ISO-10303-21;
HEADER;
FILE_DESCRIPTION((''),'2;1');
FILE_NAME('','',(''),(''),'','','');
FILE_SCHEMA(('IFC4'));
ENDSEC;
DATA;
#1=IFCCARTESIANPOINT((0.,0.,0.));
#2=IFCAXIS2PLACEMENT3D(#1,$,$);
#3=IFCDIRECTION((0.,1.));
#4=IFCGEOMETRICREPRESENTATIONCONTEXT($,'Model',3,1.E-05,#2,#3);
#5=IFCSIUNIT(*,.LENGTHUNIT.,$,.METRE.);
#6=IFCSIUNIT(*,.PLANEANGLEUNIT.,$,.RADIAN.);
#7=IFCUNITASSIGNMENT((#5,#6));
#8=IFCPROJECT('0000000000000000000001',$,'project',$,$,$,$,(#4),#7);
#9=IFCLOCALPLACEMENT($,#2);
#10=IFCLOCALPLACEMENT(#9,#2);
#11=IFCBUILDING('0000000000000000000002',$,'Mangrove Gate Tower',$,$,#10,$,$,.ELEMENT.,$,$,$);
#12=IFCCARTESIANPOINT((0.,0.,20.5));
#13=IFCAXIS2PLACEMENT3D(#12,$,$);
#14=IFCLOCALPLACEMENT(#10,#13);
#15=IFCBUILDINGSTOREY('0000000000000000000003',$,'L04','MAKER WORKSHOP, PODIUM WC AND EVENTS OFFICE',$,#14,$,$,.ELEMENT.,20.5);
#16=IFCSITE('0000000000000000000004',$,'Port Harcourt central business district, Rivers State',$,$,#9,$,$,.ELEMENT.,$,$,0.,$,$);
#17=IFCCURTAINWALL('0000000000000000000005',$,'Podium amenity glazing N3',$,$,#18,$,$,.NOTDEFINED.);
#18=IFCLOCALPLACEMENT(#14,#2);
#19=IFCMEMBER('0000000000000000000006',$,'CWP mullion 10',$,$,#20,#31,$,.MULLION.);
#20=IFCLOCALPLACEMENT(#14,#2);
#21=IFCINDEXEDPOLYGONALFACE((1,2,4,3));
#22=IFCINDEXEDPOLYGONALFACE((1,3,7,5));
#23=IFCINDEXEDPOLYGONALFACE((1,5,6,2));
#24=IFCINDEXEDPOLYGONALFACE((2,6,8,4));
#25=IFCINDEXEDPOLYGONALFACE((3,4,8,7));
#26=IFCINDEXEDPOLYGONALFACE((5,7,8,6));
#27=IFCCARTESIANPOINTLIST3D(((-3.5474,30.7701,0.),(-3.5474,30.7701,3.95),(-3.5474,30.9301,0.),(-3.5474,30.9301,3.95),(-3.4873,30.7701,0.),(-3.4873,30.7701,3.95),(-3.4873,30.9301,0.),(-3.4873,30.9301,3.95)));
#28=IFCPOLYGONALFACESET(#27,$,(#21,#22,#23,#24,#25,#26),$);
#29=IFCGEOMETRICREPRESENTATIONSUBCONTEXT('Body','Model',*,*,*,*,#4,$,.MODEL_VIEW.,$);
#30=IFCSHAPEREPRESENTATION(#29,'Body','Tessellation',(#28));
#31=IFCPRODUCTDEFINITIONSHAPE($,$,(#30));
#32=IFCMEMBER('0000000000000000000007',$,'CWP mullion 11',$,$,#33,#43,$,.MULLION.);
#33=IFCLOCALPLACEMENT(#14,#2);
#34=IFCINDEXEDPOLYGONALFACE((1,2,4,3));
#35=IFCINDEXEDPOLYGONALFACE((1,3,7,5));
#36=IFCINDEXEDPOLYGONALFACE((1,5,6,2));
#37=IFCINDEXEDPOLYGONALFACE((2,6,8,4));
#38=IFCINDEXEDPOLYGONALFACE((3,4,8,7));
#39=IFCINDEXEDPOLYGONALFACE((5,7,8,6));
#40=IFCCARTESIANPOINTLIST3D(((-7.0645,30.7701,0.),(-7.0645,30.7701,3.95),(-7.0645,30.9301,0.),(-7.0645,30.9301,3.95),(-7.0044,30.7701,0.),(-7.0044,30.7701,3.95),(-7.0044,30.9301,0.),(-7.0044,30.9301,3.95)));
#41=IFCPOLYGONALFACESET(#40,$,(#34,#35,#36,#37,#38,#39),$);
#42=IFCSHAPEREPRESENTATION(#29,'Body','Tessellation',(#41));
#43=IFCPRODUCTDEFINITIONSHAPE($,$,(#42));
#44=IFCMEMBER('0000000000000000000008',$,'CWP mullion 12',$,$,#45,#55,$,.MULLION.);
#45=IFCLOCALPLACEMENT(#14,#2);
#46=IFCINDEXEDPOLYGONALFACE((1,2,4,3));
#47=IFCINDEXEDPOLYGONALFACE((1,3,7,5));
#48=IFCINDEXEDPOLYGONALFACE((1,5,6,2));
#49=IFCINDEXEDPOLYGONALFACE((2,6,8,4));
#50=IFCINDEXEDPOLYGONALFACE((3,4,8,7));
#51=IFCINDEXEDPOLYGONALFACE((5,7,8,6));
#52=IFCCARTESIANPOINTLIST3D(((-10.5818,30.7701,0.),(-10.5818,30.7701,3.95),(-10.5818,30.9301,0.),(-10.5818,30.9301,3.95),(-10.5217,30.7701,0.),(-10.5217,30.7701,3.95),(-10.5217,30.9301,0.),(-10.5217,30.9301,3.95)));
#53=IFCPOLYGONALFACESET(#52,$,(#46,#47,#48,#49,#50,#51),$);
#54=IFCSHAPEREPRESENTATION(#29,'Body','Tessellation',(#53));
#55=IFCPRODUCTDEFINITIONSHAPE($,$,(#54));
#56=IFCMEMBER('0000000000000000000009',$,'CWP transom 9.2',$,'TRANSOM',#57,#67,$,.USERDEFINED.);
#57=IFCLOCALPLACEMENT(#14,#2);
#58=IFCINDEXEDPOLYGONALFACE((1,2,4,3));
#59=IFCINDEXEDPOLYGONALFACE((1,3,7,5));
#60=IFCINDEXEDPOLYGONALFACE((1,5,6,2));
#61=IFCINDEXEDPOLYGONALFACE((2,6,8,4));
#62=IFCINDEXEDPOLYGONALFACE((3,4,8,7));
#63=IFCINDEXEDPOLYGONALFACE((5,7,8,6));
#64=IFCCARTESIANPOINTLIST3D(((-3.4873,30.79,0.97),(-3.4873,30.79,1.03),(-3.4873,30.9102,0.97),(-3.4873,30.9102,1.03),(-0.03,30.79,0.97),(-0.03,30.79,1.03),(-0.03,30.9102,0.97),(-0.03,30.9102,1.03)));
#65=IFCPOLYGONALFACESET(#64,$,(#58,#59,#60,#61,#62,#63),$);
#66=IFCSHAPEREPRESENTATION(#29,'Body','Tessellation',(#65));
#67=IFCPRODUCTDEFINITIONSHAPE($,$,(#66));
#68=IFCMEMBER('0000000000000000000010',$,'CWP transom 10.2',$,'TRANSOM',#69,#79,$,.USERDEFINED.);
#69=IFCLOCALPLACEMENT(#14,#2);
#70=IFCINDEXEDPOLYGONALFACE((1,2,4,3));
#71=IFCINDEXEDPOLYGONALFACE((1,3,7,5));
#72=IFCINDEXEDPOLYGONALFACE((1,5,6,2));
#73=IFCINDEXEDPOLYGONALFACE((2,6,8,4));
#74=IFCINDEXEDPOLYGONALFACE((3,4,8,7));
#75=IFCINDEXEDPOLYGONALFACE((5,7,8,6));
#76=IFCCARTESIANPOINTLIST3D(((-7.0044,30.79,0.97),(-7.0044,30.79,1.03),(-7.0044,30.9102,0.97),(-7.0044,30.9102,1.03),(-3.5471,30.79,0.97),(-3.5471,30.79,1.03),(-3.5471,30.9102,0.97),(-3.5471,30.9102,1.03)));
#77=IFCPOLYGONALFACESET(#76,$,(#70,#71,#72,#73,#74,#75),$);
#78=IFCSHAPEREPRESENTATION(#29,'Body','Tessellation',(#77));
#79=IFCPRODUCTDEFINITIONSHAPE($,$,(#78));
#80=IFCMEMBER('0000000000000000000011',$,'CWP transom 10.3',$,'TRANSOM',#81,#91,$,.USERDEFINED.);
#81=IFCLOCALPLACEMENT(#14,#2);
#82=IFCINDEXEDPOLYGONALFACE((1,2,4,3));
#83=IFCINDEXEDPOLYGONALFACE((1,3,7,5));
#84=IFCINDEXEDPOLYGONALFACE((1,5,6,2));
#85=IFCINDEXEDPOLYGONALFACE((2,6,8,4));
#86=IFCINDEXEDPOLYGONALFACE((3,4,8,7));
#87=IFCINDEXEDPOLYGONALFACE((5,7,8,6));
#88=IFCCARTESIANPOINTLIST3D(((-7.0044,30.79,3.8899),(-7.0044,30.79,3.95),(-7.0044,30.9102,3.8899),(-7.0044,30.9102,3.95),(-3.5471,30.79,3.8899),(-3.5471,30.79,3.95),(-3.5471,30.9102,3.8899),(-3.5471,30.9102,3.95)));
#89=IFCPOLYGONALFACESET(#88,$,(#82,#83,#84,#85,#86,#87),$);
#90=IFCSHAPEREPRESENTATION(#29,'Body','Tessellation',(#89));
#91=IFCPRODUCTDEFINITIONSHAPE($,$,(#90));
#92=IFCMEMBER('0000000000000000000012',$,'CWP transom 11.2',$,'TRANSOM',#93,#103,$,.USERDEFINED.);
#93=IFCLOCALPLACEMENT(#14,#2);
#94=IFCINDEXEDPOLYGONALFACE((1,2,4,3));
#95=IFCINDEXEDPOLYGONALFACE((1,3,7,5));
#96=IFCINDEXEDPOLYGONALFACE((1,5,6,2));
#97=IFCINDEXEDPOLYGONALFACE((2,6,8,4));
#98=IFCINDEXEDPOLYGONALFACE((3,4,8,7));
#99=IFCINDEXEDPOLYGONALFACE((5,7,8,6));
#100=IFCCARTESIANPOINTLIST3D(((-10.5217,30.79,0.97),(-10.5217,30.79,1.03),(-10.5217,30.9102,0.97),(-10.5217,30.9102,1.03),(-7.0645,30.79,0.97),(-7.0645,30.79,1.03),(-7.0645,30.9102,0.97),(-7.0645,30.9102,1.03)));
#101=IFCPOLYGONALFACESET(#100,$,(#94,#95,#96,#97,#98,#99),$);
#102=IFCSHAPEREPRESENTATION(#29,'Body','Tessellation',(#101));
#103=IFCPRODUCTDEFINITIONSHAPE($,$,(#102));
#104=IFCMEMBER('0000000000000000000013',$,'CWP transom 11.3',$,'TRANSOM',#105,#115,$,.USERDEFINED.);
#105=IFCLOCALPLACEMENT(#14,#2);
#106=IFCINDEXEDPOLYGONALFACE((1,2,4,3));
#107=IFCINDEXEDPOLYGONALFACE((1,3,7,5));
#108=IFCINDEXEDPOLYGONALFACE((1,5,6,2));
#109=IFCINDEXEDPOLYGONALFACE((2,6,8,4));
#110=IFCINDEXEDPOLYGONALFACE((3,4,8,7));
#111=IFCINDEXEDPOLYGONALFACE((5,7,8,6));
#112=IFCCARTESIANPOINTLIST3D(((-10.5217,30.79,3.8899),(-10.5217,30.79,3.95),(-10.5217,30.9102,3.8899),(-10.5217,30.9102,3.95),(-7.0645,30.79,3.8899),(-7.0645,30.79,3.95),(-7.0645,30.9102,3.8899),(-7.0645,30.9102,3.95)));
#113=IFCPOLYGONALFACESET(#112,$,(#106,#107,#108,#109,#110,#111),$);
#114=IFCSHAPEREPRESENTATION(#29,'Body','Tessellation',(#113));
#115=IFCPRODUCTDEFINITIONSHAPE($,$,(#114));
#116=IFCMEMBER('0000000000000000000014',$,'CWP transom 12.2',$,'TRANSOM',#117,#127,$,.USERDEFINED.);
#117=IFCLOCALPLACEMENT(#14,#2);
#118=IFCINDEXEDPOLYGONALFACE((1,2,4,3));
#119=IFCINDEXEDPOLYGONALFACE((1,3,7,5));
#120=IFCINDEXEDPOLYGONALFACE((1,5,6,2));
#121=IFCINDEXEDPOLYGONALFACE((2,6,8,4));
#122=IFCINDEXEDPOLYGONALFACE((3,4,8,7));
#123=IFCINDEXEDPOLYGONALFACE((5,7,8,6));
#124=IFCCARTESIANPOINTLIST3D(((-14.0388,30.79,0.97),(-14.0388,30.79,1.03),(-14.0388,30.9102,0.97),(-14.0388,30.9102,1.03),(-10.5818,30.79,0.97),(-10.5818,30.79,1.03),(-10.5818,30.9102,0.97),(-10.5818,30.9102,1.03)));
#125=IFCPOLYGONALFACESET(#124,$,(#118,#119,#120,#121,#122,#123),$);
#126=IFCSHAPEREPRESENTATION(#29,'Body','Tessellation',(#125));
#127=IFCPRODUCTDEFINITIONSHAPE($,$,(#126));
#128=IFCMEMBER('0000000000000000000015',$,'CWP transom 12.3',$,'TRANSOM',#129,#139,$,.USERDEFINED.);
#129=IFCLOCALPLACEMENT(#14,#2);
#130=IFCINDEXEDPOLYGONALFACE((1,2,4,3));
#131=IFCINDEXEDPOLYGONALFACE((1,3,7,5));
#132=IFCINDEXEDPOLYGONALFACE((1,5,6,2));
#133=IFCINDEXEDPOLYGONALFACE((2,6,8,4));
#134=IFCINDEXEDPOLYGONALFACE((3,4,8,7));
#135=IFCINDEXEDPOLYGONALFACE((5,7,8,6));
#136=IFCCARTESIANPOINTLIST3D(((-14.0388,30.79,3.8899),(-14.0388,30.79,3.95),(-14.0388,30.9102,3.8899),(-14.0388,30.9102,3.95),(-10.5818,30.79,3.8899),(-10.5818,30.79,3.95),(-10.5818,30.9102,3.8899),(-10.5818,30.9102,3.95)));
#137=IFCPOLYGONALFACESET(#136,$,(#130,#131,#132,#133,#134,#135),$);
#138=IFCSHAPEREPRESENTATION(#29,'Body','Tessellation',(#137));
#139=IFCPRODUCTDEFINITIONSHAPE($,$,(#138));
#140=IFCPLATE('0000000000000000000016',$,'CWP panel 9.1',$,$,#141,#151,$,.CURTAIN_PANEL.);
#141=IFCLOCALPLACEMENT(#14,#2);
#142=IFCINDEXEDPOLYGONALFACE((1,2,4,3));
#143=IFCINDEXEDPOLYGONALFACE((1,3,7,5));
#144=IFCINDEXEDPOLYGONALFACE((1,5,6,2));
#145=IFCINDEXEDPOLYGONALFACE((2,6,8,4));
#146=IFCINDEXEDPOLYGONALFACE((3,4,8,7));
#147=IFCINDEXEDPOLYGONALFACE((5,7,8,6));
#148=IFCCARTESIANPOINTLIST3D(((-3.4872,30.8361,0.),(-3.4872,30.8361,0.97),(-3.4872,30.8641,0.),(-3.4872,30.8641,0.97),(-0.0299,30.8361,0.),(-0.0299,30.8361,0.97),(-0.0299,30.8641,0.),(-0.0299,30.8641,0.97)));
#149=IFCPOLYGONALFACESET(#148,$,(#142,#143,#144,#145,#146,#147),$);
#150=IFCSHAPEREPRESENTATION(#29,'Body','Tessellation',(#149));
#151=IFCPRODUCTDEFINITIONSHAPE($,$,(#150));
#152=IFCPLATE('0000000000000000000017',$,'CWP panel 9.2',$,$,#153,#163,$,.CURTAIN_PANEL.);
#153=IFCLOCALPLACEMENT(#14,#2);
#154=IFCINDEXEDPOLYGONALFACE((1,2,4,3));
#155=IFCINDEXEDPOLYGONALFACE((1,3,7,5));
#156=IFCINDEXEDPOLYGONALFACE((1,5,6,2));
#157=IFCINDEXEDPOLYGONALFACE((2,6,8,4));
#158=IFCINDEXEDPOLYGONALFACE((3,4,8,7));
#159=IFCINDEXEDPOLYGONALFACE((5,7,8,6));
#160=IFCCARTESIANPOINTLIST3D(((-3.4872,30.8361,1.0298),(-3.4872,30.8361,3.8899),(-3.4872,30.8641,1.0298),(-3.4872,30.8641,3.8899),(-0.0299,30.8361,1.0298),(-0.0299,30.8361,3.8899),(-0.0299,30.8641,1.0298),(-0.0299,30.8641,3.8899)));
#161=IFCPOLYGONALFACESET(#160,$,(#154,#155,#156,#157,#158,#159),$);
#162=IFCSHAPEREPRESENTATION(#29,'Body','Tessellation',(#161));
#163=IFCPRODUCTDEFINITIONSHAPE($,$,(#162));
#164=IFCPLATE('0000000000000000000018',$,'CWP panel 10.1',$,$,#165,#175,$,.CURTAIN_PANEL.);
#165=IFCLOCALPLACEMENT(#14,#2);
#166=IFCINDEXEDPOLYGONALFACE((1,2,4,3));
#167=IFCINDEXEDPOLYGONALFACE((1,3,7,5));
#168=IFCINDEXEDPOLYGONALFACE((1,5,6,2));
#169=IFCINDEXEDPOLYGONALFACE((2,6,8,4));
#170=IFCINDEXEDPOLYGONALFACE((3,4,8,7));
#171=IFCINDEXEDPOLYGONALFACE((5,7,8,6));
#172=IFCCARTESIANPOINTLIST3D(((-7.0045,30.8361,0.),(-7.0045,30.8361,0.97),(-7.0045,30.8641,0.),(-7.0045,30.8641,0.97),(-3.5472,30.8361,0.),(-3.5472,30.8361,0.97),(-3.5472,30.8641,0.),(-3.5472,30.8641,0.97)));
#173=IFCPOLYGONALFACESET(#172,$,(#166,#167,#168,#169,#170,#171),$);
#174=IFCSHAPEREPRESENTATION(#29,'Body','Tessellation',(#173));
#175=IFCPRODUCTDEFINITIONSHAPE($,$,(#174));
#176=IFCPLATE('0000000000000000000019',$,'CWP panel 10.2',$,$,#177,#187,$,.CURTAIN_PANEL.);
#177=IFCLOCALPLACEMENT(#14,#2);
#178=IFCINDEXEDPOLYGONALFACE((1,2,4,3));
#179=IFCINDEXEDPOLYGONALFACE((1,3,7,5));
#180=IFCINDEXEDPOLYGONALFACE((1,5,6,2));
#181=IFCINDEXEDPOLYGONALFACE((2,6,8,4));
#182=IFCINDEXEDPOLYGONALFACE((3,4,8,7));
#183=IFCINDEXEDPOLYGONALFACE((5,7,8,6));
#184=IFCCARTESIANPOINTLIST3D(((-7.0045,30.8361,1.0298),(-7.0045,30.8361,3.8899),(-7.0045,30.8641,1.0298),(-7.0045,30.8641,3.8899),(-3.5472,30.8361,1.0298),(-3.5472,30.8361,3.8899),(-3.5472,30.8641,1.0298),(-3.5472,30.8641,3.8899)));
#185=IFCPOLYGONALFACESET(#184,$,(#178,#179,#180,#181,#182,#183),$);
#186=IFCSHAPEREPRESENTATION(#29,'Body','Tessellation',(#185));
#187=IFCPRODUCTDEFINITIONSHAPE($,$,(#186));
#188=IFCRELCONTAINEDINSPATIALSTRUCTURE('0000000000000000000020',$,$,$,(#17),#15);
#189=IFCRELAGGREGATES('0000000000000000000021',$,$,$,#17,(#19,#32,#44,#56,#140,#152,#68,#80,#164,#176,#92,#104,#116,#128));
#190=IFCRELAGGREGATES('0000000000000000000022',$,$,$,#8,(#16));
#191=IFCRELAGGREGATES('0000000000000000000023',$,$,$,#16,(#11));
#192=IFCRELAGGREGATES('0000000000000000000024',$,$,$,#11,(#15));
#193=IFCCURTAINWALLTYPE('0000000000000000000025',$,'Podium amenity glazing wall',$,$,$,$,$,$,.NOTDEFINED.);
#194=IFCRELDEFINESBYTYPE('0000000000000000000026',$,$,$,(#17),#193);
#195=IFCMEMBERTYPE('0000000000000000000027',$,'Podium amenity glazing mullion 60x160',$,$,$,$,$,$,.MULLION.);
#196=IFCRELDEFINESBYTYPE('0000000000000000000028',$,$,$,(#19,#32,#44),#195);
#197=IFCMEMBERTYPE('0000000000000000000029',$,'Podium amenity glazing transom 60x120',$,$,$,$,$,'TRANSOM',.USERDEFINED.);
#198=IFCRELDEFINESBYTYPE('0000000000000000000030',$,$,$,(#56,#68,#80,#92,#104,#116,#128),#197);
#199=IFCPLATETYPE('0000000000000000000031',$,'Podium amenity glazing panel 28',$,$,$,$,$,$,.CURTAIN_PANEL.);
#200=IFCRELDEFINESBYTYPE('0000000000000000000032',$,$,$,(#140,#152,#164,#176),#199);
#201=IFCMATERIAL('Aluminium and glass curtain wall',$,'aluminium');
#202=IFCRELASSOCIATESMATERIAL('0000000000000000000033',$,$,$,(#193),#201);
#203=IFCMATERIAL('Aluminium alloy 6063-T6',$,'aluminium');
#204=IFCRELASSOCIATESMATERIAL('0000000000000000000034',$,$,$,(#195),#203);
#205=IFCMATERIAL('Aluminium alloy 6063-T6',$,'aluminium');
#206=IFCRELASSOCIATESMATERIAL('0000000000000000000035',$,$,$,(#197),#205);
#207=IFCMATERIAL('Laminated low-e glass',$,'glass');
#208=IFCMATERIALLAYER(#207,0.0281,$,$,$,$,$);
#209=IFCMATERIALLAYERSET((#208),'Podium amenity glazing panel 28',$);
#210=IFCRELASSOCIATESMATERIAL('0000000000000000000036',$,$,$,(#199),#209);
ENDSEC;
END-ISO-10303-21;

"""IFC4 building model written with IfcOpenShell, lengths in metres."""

from ifc_helpers import new_model, si_unit, direction, frame, origin, origin_2d, place, context, subcontext, project, spatial, rectangle, extrude, material, layer, layer_set, material_profile, profile_set, type_object, element, aggregate, save


model = new_model("IFC4")

# Units and contexts
model_context = context("Model", 3, precision=1e-05, world=origin(), true_north=direction((0.0, 1.0)))
body_context = subcontext(model_context, "Body", "Model", "MODEL_VIEW")
ifc_project = project(units=[si_unit("LENGTHUNIT", "METRE"), si_unit("PLANEANGLEUNIT", "RADIAN")], contexts=[model_context])

# Site, building, storey
site_placement = place(None, origin())
site = spatial("IfcSite", under=ifc_project, at=site_placement, Name="Port Harcourt central business district, Rivers State", CompositionType="ELEMENT", RefElevation=0.0)
building_placement = place(site_placement, origin())
building = spatial("IfcBuilding", under=site, at=building_placement, Name="Mangrove Gate Tower", CompositionType="ELEMENT")
storey_placement = place(building_placement, frame((0.0, 0.0, 20.5)))
storey = spatial("IfcBuildingStorey", under=building, at=storey_placement, Name="L04", Description="MAKER WORKSHOP, PODIUM WC AND EVENTS OFFICE", CompositionType="ELEMENT", Elevation=20.5)

# Curtain wall, members, plates
ifc_material_1 = material(Name="Aluminium and glass curtain wall", Category="aluminium")
curtain_wall_type = type_object("IfcCurtainWallType", Name="Podium amenity glazing wall", PredefinedType="NOTDEFINED", material=ifc_material_1)
curtain_wall_placement = place(storey_placement, origin())
curtain_wall = element("IfcCurtainWall", 1, at=curtain_wall_placement, inside=storey, type_object=curtain_wall_type, Name="Podium amenity glazing N3", PredefinedType="NOTDEFINED")
ifc_material_2 = material(Name="Aluminium alloy 6063-T6", Category="aluminium")
ifc_material_profile_1 = material_profile(ifc_material_2, rectangle(XDim=0.0601, YDim=0.1599, at=origin_2d()))
ifc_profile_set_1 = profile_set([ifc_material_profile_1], Name="Aluminium alloy 6063-T6")
member_type_1 = type_object("IfcMemberType", Name="Podium amenity glazing mullion 60x160", PredefinedType="MULLION", material=ifc_profile_set_1)
member_1_placement = place(storey_placement, frame((-3.5173, 30.8501, 0.0), z_axis=(0.0, 0.0, 1.0), x_axis=(-1.0, 0.0, 0.0)))
member_1 = element("IfcMember", 2, at=member_1_placement, type_object=member_type_1, Name="CWP mullion 10", PredefinedType="MULLION", context=body_context, shape_type="SweptSolid", body=[
    extrude(rectangle(XDim=0.0601, YDim=0.1599, at=origin_2d()), origin(), (0.0, 0.0, 1.0), 3.95),
])
member_2_placement = place(storey_placement, frame((-7.0344, 30.8501, 0.0), z_axis=(0.0, 0.0, 1.0), x_axis=(-1.0, 0.0, 0.0)))
member_2 = element("IfcMember", 3, at=member_2_placement, type_object=member_type_1, Name="CWP mullion 11", PredefinedType="MULLION", context=body_context, shape_type="SweptSolid", body=[
    extrude(rectangle(XDim=0.0601, YDim=0.1599, at=origin_2d()), origin(), (0.0, 0.0, 1.0), 3.95),
])
member_3_placement = place(storey_placement, frame((-10.5518, 30.8501, 0.0), z_axis=(0.0, 0.0, 1.0), x_axis=(-1.0, 0.0, 0.0)))
member_3 = element("IfcMember", 4, at=member_3_placement, type_object=member_type_1, Name="CWP mullion 12", PredefinedType="MULLION", context=body_context, shape_type="SweptSolid", body=[
    extrude(rectangle(XDim=0.0601, YDim=0.1599, at=origin_2d()), origin(), (0.0, 0.0, 1.0), 3.95),
])
ifc_material_3 = material(Name="Aluminium alloy 6063-T6", Category="aluminium")
ifc_material_profile_2 = material_profile(ifc_material_3, rectangle(XDim=0.0601, YDim=0.1201, at=origin_2d()))
ifc_profile_set_2 = profile_set([ifc_material_profile_2], Name="Aluminium alloy 6063-T6")
member_type_2 = type_object("IfcMemberType", Name="Podium amenity glazing transom 60x120", ElementType="TRANSOM", PredefinedType="USERDEFINED", material=ifc_profile_set_2)
member_4_placement = place(storey_placement, frame((-0.03, 30.8501, 1.0), z_axis=(-1.0, 0.0, 0.0), x_axis=(0.0, 0.0, 1.0)))
member_4 = element("IfcMember", 5, at=member_4_placement, type_object=member_type_2, Name="CWP transom 9.2", ObjectType="TRANSOM", PredefinedType="USERDEFINED", context=body_context, shape_type="SweptSolid", body=[
    extrude(rectangle(XDim=0.0601, YDim=0.1201, at=origin_2d()), origin(), (0.0, 0.0, 1.0), 3.4573),
])
member_5_placement = place(storey_placement, frame((-3.5471, 30.8501, 1.0), z_axis=(-1.0, 0.0, 0.0), x_axis=(0.0, 0.0, 1.0)))
member_5 = element("IfcMember", 6, at=member_5_placement, type_object=member_type_2, Name="CWP transom 10.2", ObjectType="TRANSOM", PredefinedType="USERDEFINED", context=body_context, shape_type="SweptSolid", body=[
    extrude(rectangle(XDim=0.0601, YDim=0.1201, at=origin_2d()), origin(), (0.0, 0.0, 1.0), 3.4573),
])
member_6_placement = place(storey_placement, frame((-3.5471, 30.8501, 3.9199), z_axis=(-1.0, 0.0, 0.0), x_axis=(0.0, 0.0, 1.0)))
member_6 = element("IfcMember", 7, at=member_6_placement, type_object=member_type_2, Name="CWP transom 10.3", ObjectType="TRANSOM", PredefinedType="USERDEFINED", context=body_context, shape_type="SweptSolid", body=[
    extrude(rectangle(XDim=0.0601, YDim=0.1201, at=origin_2d()), origin(), (0.0, 0.0, 1.0), 3.4573),
])
member_7_placement = place(storey_placement, frame((-7.0645, 30.8501, 1.0), z_axis=(-1.0, 0.0, 0.0), x_axis=(0.0, 0.0, 1.0)))
member_7 = element("IfcMember", 8, at=member_7_placement, type_object=member_type_2, Name="CWP transom 11.2", ObjectType="TRANSOM", PredefinedType="USERDEFINED", context=body_context, shape_type="SweptSolid", body=[
    extrude(rectangle(XDim=0.0601, YDim=0.1201, at=origin_2d()), origin(), (0.0, 0.0, 1.0), 3.4573),
])
member_8_placement = place(storey_placement, frame((-7.0645, 30.8501, 3.9199), z_axis=(-1.0, 0.0, 0.0), x_axis=(0.0, 0.0, 1.0)))
member_8 = element("IfcMember", 9, at=member_8_placement, type_object=member_type_2, Name="CWP transom 11.3", ObjectType="TRANSOM", PredefinedType="USERDEFINED", context=body_context, shape_type="SweptSolid", body=[
    extrude(rectangle(XDim=0.0601, YDim=0.1201, at=origin_2d()), origin(), (0.0, 0.0, 1.0), 3.4573),
])
member_9_placement = place(storey_placement, frame((-10.5818, 30.8501, 1.0), z_axis=(-1.0, 0.0, 0.0), x_axis=(0.0, 0.0, 1.0)))
member_9 = element("IfcMember", 10, at=member_9_placement, type_object=member_type_2, Name="CWP transom 12.2", ObjectType="TRANSOM", PredefinedType="USERDEFINED", context=body_context, shape_type="SweptSolid", body=[
    extrude(rectangle(XDim=0.0601, YDim=0.1201, at=origin_2d()), origin(), (0.0, 0.0, 1.0), 3.457),
])
member_10_placement = place(storey_placement, frame((-10.5818, 30.8501, 3.9199), z_axis=(-1.0, 0.0, 0.0), x_axis=(0.0, 0.0, 1.0)))
member_10 = element("IfcMember", 11, at=member_10_placement, type_object=member_type_2, Name="CWP transom 12.3", ObjectType="TRANSOM", PredefinedType="USERDEFINED", context=body_context, shape_type="SweptSolid", body=[
    extrude(rectangle(XDim=0.0601, YDim=0.1201, at=origin_2d()), origin(), (0.0, 0.0, 1.0), 3.457),
])
ifc_material_4 = material(Name="Laminated low-e glass", Category="glass")
ifc_layer = layer(ifc_material_4, 0.0281)
ifc_layer_set = layer_set([ifc_layer], Name="Podium amenity glazing panel 28")
plate_type = type_object("IfcPlateType", Name="Podium amenity glazing panel 28", PredefinedType="CURTAIN_PANEL", material=ifc_layer_set)
plate_1_placement = place(storey_placement, frame((-1.7585, 30.8501, 0.0), z_axis=(0.0, 0.0, 1.0), x_axis=(-1.0, 0.0, 0.0)))
plate_1 = element("IfcPlate", 12, at=plate_1_placement, type_object=plate_type, Name="CWP panel 9.1", PredefinedType="CURTAIN_PANEL", context=body_context, shape_type="SweptSolid", body=[
    extrude(rectangle(XDim=3.4573, YDim=0.0281, at=origin_2d()), origin(), (0.0, 0.0, 1.0), 0.97),
])
plate_2_placement = place(storey_placement, frame((-1.7585, 30.8501, 1.0298), z_axis=(0.0, 0.0, 1.0), x_axis=(-1.0, 0.0, 0.0)))
plate_2 = element("IfcPlate", 13, at=plate_2_placement, type_object=plate_type, Name="CWP panel 9.2", PredefinedType="CURTAIN_PANEL", context=body_context, shape_type="SweptSolid", body=[
    extrude(rectangle(XDim=3.4573, YDim=0.0281, at=origin_2d()), origin(), (0.0, 0.0, 1.0), 2.8601),
])
plate_3_placement = place(storey_placement, frame((-5.2759, 30.8501, 0.0), z_axis=(0.0, 0.0, 1.0), x_axis=(-1.0, 0.0, 0.0)))
plate_3 = element("IfcPlate", 14, at=plate_3_placement, type_object=plate_type, Name="CWP panel 10.1", PredefinedType="CURTAIN_PANEL", context=body_context, shape_type="SweptSolid", body=[
    extrude(rectangle(XDim=3.4573, YDim=0.0281, at=origin_2d()), origin(), (0.0, 0.0, 1.0), 0.97),
])
plate_4_placement = place(storey_placement, frame((-5.2759, 30.8501, 1.0298), z_axis=(0.0, 0.0, 1.0), x_axis=(-1.0, 0.0, 0.0)))
plate_4 = element("IfcPlate", 15, at=plate_4_placement, type_object=plate_type, Name="CWP panel 10.2", PredefinedType="CURTAIN_PANEL", context=body_context, shape_type="SweptSolid", body=[
    extrude(rectangle(XDim=3.4573, YDim=0.0281, at=origin_2d()), origin(), (0.0, 0.0, 1.0), 2.8601),
])
aggregate(curtain_wall, [member_1, member_2, member_3, member_4, plate_1, plate_2, member_5, member_6, plate_3, plate_4, member_7, member_8, member_9, member_10])

save(model, "model.ifc")
